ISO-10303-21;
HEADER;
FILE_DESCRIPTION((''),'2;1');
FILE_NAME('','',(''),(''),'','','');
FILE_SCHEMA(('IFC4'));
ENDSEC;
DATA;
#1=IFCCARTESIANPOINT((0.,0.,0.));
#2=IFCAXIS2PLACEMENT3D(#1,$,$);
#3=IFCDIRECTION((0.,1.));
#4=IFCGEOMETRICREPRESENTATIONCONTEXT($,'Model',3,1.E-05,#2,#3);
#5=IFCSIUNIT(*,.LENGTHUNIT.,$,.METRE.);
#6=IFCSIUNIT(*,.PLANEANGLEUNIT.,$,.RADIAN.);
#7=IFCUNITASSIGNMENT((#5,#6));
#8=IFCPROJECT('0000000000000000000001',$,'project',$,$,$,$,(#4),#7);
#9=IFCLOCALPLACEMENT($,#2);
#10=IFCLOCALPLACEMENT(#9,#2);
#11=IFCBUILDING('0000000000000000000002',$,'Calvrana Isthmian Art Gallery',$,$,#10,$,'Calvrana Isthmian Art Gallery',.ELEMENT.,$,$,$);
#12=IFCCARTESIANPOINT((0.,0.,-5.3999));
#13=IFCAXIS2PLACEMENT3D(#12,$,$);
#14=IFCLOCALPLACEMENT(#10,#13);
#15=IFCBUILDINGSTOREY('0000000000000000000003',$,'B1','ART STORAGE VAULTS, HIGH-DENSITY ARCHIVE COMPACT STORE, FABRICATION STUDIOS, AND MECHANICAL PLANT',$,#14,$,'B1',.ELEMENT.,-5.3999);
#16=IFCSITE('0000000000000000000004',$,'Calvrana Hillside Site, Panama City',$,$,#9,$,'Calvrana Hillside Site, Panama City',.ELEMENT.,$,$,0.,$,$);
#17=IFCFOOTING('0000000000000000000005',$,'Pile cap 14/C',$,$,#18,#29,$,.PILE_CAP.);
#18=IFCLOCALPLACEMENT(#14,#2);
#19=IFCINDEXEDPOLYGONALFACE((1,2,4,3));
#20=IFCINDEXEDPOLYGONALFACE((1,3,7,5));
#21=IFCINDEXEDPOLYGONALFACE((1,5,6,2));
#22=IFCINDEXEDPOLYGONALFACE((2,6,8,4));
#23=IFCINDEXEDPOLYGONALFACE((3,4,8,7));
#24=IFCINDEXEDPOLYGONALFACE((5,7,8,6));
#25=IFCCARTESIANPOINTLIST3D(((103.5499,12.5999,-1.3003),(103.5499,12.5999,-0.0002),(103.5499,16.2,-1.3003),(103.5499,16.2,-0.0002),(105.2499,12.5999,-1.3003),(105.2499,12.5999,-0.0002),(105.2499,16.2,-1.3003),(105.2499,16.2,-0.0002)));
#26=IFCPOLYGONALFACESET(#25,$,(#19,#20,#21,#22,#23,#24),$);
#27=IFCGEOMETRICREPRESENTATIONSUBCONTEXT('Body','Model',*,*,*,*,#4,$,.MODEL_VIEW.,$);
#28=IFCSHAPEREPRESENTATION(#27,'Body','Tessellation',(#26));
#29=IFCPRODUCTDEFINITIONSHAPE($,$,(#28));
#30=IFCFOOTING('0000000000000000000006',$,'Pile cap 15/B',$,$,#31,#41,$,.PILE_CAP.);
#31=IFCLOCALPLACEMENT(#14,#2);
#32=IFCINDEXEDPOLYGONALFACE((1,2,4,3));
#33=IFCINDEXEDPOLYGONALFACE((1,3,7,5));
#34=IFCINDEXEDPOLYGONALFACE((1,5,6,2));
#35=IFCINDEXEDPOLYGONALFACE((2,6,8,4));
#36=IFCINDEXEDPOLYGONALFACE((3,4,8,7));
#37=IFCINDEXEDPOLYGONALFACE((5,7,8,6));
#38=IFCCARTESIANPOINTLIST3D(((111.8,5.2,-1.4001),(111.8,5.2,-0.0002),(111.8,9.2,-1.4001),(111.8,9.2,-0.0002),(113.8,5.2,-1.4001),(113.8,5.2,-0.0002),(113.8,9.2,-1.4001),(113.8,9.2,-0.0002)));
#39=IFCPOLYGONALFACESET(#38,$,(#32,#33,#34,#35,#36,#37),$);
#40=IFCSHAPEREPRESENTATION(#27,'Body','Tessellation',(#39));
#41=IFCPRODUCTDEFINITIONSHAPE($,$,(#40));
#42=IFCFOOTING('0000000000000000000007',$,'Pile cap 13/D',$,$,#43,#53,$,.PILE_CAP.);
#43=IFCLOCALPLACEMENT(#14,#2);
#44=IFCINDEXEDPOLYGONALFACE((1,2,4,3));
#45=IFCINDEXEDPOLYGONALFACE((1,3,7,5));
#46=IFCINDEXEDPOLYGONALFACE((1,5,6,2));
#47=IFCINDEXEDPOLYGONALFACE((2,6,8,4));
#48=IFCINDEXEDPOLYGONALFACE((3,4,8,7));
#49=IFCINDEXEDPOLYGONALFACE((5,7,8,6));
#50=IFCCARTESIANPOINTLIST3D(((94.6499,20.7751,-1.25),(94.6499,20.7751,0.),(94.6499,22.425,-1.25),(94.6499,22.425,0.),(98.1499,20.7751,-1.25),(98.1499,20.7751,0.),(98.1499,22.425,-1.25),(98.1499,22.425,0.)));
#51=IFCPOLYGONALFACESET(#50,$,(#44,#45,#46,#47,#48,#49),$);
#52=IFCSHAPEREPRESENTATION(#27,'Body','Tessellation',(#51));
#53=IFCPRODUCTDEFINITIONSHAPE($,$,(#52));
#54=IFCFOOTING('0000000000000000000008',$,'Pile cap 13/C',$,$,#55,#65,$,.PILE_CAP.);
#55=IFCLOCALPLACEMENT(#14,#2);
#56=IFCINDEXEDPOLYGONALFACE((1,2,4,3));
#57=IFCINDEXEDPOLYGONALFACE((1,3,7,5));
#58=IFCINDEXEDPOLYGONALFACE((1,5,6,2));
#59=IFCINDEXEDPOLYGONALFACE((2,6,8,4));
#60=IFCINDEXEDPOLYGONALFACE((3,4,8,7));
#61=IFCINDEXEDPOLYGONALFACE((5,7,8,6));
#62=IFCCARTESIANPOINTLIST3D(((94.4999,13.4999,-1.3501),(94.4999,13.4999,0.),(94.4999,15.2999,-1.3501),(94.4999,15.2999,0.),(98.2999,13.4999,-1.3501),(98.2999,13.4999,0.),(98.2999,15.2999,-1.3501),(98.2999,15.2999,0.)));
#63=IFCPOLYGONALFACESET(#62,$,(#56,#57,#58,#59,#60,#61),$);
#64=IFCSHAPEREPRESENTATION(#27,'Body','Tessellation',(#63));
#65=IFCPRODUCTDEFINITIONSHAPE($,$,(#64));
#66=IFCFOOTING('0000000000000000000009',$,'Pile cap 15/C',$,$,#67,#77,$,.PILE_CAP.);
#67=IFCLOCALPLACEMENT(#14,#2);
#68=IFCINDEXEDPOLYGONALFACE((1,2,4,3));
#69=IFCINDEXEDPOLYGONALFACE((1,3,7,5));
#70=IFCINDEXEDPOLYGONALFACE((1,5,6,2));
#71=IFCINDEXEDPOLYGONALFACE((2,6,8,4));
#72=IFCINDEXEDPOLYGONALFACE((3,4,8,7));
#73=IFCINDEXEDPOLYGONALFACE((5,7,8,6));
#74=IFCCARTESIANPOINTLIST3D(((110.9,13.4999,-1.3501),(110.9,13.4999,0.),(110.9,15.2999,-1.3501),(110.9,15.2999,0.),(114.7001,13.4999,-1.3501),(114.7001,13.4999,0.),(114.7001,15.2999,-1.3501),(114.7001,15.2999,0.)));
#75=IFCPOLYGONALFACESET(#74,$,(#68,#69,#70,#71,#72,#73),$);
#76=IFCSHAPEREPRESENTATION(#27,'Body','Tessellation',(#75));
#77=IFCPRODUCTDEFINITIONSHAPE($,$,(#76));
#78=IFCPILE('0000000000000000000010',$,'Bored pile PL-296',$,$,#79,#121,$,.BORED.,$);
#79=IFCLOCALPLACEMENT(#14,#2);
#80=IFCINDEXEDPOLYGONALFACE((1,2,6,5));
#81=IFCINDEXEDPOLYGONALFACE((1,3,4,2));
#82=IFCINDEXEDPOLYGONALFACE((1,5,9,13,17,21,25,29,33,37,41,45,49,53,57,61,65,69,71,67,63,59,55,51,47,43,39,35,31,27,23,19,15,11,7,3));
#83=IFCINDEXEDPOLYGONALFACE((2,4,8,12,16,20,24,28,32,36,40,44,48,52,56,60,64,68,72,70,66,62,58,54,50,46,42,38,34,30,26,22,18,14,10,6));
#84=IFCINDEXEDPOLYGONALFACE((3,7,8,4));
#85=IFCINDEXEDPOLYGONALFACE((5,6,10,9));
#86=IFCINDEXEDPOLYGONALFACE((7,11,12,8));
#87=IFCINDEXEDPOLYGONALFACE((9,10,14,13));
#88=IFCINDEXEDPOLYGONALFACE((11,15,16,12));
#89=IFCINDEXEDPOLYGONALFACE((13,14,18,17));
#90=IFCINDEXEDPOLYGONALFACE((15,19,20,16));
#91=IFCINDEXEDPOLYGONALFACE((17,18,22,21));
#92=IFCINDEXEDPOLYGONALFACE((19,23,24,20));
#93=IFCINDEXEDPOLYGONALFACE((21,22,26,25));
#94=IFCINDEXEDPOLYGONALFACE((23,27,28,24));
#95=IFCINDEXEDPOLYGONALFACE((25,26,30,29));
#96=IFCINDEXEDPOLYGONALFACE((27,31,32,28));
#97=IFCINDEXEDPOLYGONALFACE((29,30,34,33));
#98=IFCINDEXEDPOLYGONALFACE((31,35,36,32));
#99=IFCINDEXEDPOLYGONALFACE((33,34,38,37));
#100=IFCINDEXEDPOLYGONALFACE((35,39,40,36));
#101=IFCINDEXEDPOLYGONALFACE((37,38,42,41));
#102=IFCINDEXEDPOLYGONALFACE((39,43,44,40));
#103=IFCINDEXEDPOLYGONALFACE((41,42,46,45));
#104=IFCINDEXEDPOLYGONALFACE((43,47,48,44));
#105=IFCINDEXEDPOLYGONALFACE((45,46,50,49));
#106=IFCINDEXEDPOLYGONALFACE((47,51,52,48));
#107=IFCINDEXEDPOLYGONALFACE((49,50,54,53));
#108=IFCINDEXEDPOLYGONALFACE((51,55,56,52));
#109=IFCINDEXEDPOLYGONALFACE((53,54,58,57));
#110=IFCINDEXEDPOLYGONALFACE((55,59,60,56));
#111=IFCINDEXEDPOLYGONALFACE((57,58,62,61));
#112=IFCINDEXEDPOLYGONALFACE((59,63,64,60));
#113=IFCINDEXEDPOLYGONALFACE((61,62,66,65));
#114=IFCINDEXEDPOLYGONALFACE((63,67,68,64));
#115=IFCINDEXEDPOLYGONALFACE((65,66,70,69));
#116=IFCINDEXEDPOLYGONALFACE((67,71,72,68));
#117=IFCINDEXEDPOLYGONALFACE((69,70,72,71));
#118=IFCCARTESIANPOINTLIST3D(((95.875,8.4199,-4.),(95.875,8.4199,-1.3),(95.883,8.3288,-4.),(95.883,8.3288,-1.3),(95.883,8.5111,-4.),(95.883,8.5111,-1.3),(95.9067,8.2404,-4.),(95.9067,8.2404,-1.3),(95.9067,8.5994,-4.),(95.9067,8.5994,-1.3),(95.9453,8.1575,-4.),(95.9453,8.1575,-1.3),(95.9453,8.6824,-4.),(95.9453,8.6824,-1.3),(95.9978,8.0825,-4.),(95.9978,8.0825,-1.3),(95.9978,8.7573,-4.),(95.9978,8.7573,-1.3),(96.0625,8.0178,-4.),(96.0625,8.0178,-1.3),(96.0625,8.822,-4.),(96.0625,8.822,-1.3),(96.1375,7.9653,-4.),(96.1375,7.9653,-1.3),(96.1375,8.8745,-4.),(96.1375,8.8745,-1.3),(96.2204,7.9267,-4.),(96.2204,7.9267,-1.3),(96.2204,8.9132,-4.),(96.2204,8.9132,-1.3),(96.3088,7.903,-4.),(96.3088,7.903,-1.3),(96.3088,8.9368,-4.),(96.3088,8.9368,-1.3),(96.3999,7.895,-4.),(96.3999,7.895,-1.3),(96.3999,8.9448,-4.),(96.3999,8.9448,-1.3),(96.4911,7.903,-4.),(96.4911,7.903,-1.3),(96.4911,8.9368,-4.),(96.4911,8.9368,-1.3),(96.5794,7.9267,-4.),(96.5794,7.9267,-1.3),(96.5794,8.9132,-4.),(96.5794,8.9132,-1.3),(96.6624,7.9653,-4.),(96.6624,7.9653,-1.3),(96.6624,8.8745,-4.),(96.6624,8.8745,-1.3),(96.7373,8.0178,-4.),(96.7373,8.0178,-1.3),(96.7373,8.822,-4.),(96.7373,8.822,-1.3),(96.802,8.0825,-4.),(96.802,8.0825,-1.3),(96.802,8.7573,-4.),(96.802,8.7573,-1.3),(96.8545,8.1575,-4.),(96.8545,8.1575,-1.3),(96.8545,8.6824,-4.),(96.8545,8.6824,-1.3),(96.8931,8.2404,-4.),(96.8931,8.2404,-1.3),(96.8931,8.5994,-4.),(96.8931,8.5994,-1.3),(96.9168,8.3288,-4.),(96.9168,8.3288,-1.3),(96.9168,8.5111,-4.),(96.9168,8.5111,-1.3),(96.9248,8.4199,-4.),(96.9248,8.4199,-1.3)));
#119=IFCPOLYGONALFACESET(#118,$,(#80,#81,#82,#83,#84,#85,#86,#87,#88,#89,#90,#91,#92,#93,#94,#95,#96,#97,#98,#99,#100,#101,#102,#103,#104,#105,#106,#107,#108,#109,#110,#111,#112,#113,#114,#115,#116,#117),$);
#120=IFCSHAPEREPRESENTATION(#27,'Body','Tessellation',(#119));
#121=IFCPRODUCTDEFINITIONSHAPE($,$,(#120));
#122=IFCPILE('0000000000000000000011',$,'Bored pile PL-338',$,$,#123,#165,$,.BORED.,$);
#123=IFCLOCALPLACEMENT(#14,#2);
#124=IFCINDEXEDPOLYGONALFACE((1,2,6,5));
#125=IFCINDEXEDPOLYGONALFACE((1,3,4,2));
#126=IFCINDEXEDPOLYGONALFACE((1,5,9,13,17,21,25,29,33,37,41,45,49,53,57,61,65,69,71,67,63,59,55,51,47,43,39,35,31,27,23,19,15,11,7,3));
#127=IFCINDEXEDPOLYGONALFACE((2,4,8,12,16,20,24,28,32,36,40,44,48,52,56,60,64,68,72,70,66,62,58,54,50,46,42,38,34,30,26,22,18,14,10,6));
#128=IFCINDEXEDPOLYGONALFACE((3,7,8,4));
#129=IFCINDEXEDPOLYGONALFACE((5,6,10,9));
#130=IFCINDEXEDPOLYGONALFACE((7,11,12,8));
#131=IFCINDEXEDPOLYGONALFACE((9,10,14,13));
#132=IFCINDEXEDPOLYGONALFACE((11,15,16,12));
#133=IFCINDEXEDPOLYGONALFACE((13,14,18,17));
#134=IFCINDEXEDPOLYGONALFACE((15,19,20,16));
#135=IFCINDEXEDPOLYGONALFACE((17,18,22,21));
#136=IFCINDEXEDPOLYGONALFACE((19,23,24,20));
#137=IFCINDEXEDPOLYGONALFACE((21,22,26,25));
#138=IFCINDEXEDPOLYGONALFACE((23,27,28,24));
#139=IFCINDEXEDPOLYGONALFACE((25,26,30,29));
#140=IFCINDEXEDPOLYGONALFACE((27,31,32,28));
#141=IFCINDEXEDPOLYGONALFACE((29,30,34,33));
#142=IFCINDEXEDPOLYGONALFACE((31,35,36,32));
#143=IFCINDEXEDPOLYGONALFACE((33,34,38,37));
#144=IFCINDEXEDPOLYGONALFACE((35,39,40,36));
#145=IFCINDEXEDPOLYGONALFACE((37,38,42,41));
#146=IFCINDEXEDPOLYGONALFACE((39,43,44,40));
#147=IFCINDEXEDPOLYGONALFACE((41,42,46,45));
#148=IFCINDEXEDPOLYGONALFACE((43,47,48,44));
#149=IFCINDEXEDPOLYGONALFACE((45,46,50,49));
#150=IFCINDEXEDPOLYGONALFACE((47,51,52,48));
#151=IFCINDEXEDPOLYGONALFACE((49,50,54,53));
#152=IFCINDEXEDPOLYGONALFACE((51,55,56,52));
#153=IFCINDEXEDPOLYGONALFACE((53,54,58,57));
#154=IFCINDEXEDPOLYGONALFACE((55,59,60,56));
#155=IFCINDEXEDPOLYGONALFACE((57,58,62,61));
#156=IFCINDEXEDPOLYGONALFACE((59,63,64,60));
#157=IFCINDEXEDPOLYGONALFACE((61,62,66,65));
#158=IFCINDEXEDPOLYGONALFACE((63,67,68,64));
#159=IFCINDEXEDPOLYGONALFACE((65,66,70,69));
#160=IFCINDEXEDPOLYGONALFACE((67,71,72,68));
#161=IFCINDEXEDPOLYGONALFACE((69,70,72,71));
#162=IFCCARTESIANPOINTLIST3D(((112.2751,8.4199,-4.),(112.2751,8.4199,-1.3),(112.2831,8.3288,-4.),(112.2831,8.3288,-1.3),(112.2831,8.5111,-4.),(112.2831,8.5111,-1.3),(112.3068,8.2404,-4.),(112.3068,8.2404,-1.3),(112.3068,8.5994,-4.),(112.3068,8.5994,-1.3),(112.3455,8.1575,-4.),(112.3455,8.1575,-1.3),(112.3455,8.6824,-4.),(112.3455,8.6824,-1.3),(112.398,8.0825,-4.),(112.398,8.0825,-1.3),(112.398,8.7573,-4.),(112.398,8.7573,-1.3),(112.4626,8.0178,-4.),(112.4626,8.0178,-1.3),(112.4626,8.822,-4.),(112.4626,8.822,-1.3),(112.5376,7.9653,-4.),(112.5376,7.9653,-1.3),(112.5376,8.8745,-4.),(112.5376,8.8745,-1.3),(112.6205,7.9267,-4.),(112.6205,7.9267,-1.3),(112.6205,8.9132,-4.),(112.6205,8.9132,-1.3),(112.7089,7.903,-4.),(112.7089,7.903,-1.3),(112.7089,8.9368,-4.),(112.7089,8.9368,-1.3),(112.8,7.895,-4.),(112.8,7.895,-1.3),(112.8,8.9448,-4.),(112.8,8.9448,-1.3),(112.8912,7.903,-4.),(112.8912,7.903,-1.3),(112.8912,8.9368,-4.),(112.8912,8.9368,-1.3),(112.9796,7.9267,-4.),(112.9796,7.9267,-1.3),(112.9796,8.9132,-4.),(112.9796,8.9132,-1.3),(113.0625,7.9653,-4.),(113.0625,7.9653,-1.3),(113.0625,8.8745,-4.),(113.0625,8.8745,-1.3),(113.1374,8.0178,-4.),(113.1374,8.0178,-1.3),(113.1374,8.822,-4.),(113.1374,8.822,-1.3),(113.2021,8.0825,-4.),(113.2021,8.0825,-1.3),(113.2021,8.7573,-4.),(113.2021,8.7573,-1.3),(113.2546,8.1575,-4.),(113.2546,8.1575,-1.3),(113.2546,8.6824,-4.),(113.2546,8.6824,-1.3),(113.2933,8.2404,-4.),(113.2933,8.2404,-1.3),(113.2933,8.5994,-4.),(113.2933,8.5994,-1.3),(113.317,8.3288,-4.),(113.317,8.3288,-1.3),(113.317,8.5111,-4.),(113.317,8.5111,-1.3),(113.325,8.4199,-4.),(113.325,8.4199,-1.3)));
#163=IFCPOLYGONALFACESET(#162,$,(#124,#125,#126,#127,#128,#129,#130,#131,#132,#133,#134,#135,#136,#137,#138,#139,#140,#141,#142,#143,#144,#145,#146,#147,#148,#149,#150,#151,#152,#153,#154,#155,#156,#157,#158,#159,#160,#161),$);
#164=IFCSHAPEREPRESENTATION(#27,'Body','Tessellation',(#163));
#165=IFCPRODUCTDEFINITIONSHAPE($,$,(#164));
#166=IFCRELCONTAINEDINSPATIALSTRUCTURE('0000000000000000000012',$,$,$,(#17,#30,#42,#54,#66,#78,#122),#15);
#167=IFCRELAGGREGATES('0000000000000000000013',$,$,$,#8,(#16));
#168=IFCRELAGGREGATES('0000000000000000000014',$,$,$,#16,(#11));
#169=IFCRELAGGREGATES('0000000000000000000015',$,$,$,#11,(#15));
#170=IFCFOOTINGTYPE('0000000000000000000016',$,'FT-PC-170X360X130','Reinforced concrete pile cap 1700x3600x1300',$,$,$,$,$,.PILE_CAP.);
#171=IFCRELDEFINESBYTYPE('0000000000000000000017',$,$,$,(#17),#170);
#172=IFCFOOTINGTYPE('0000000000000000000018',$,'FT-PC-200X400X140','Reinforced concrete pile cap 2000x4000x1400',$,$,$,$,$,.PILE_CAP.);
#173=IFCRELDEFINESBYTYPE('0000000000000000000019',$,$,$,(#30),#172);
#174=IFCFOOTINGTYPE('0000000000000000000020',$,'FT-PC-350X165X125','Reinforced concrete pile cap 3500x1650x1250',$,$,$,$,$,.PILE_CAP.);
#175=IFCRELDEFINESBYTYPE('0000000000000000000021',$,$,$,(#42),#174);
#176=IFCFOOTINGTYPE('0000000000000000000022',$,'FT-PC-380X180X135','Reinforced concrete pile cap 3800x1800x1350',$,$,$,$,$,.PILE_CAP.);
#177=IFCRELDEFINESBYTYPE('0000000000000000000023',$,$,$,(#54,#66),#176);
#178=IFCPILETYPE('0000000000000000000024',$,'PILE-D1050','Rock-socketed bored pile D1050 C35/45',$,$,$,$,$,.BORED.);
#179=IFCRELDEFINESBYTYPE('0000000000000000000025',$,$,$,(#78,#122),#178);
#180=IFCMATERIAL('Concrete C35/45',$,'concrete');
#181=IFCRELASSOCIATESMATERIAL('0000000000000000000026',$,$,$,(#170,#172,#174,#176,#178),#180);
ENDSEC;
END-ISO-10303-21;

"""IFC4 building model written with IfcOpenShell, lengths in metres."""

from ifc_helpers import new_model, si_unit, direction, frame, origin, origin_2d, place, context, subcontext, project, spatial, rectangle, circle, extrude, material, material_profile, profile_set, type_object, element, save


model = new_model("IFC4")

# Units and contexts
model_context = context("Model", 3, precision=1e-05, world=origin(), true_north=direction((0.0, 1.0)))
body_context = subcontext(model_context, "Body", "Model", "MODEL_VIEW")
ifc_project = project(units=[si_unit("LENGTHUNIT", "METRE"), si_unit("PLANEANGLEUNIT", "RADIAN")], contexts=[model_context])

# Site, building, storey
site_placement = place(None, origin())
site = spatial("IfcSite", under=ifc_project, at=site_placement, Name="Calvrana Hillside Site, Panama City", LongName="Calvrana Hillside Site, Panama City", CompositionType="ELEMENT", RefElevation=0.0)
building_placement = place(site_placement, origin())
building = spatial("IfcBuilding", under=site, at=building_placement, Name="Calvrana Isthmian Art Gallery", LongName="Calvrana Isthmian Art Gallery", CompositionType="ELEMENT")
storey_placement = place(building_placement, frame((0.0, 0.0, -5.3999)))
storey = spatial("IfcBuildingStorey", under=building, at=storey_placement, Name="B1", Description="ART STORAGE VAULTS, HIGH-DENSITY ARCHIVE COMPACT STORE, FABRICATION STUDIOS, AND MECHANICAL PLANT", LongName="B1", CompositionType="ELEMENT", Elevation=-5.3999)

# Footings
ifc_material_1 = material(Name="Concrete C35/45", Category="concrete")
footing_type_1 = type_object("IfcFootingType", Name="FT-PC-170X360X130", Description="Reinforced concrete pile cap 1700x3600x1300", PredefinedType="PILE_CAP", material=ifc_material_1)
footing_1_placement = place(storey_placement, frame((104.3999, 14.3999, -1.3003), z_axis=(0.0, 0.0, 1.0), x_axis=(1.0, 0.0, 0.0)))
element("IfcFooting", 1, at=footing_1_placement, inside=storey, type_object=footing_type_1, Name="Pile cap 14/C", PredefinedType="PILE_CAP", context=body_context, shape_type="SweptSolid", body=[
    extrude(rectangle(XDim=1.7, YDim=3.6001, at=origin_2d()), origin(), (0.0, 0.0, 1.0), 1.3),
])
footing_type_2 = type_object("IfcFootingType", Name="FT-PC-200X400X140", Description="Reinforced concrete pile cap 2000x4000x1400", PredefinedType="PILE_CAP", material=ifc_material_1)
footing_2_placement = place(storey_placement, frame((112.8, 7.2, -1.4001), z_axis=(0.0, 0.0, 1.0), x_axis=(1.0, 0.0, 0.0)))
element("IfcFooting", 2, at=footing_2_placement, inside=storey, type_object=footing_type_2, Name="Pile cap 15/B", PredefinedType="PILE_CAP", context=body_context, shape_type="SweptSolid", body=[
    extrude(rectangle(XDim=2.0, YDim=4.0, at=origin_2d()), origin(), (0.0, 0.0, 1.0), 1.3999),
])
footing_type_3 = type_object("IfcFootingType", Name="FT-PC-350X165X125", Description="Reinforced concrete pile cap 3500x1650x1250", PredefinedType="PILE_CAP", material=ifc_material_1)
footing_3_placement = place(storey_placement, frame((96.3999, 21.6001, -1.25), z_axis=(0.0, 0.0, 1.0), x_axis=(1.0, 0.0, 0.0)))
element("IfcFooting", 3, at=footing_3_placement, inside=storey, type_object=footing_type_3, Name="Pile cap 13/D", PredefinedType="PILE_CAP", context=body_context, shape_type="SweptSolid", body=[
    extrude(rectangle(XDim=3.5, YDim=1.6499, at=origin_2d()), origin(), (0.0, 0.0, 1.0), 1.25),
])
footing_type_4 = type_object("IfcFootingType", Name="FT-PC-380X180X135", Description="Reinforced concrete pile cap 3800x1800x1350", PredefinedType="PILE_CAP", material=ifc_material_1)
for number, where, z_axis, x_axis, name in (
    (4, (96.3999, 14.3999, -1.3501), (0.0, 0.0, 1.0), (1.0, 0.0, 0.0), "Pile cap 13/C"),
    (5, (112.8, 14.3999, -1.3501), (0.0, 0.0, 1.0), (1.0, 0.0, 0.0), "Pile cap 15/C"),
):
    element("IfcFooting", number, at=place(storey_placement, frame(where, z_axis=z_axis, x_axis=x_axis)), inside=storey, type_object=footing_type_4, Name=name, PredefinedType="PILE_CAP", context=body_context, shape_type="SweptSolid", body=[
        extrude(rectangle(XDim=3.8, YDim=1.8, at=origin_2d()), origin(), (0.0, 0.0, 1.0), 1.3501),
    ])

# Piles
ifc_material_profile_1 = material_profile(ifc_material_1, circle(Radius=0.5249, at=origin_2d()), Name="PILE1050D")
ifc_profile_set_1 = profile_set([ifc_material_profile_1], Name="Concrete C35/45")
pile_type_1 = type_object("IfcPileType", Name="PILE-D1050", Description="Rock-socketed bored pile D1050 C35/45", PredefinedType="BORED", material=ifc_profile_set_1)
for number, where, z_axis, x_axis, name in (
    (6, (96.3999, 8.4199, -1.3), (0.0, 0.0, -1.0), (1.0, 0.0, 0.0), "Bored pile PL-296"),
    (7, (112.8, 8.4199, -1.3), (0.0, 0.0, -1.0), (1.0, 0.0, 0.0), "Bored pile PL-338"),
):
    element("IfcPile", number, at=place(storey_placement, frame(where, z_axis=z_axis, x_axis=x_axis)), inside=storey, type_object=pile_type_1, Name=name, PredefinedType="BORED", context=body_context, shape_type="SweptSolid", body=[
        extrude(circle(Radius=0.5249, at=origin_2d()), origin(), (0.0, 0.0, 1.0), 2.7),
    ])

save(model, "model.ifc")
